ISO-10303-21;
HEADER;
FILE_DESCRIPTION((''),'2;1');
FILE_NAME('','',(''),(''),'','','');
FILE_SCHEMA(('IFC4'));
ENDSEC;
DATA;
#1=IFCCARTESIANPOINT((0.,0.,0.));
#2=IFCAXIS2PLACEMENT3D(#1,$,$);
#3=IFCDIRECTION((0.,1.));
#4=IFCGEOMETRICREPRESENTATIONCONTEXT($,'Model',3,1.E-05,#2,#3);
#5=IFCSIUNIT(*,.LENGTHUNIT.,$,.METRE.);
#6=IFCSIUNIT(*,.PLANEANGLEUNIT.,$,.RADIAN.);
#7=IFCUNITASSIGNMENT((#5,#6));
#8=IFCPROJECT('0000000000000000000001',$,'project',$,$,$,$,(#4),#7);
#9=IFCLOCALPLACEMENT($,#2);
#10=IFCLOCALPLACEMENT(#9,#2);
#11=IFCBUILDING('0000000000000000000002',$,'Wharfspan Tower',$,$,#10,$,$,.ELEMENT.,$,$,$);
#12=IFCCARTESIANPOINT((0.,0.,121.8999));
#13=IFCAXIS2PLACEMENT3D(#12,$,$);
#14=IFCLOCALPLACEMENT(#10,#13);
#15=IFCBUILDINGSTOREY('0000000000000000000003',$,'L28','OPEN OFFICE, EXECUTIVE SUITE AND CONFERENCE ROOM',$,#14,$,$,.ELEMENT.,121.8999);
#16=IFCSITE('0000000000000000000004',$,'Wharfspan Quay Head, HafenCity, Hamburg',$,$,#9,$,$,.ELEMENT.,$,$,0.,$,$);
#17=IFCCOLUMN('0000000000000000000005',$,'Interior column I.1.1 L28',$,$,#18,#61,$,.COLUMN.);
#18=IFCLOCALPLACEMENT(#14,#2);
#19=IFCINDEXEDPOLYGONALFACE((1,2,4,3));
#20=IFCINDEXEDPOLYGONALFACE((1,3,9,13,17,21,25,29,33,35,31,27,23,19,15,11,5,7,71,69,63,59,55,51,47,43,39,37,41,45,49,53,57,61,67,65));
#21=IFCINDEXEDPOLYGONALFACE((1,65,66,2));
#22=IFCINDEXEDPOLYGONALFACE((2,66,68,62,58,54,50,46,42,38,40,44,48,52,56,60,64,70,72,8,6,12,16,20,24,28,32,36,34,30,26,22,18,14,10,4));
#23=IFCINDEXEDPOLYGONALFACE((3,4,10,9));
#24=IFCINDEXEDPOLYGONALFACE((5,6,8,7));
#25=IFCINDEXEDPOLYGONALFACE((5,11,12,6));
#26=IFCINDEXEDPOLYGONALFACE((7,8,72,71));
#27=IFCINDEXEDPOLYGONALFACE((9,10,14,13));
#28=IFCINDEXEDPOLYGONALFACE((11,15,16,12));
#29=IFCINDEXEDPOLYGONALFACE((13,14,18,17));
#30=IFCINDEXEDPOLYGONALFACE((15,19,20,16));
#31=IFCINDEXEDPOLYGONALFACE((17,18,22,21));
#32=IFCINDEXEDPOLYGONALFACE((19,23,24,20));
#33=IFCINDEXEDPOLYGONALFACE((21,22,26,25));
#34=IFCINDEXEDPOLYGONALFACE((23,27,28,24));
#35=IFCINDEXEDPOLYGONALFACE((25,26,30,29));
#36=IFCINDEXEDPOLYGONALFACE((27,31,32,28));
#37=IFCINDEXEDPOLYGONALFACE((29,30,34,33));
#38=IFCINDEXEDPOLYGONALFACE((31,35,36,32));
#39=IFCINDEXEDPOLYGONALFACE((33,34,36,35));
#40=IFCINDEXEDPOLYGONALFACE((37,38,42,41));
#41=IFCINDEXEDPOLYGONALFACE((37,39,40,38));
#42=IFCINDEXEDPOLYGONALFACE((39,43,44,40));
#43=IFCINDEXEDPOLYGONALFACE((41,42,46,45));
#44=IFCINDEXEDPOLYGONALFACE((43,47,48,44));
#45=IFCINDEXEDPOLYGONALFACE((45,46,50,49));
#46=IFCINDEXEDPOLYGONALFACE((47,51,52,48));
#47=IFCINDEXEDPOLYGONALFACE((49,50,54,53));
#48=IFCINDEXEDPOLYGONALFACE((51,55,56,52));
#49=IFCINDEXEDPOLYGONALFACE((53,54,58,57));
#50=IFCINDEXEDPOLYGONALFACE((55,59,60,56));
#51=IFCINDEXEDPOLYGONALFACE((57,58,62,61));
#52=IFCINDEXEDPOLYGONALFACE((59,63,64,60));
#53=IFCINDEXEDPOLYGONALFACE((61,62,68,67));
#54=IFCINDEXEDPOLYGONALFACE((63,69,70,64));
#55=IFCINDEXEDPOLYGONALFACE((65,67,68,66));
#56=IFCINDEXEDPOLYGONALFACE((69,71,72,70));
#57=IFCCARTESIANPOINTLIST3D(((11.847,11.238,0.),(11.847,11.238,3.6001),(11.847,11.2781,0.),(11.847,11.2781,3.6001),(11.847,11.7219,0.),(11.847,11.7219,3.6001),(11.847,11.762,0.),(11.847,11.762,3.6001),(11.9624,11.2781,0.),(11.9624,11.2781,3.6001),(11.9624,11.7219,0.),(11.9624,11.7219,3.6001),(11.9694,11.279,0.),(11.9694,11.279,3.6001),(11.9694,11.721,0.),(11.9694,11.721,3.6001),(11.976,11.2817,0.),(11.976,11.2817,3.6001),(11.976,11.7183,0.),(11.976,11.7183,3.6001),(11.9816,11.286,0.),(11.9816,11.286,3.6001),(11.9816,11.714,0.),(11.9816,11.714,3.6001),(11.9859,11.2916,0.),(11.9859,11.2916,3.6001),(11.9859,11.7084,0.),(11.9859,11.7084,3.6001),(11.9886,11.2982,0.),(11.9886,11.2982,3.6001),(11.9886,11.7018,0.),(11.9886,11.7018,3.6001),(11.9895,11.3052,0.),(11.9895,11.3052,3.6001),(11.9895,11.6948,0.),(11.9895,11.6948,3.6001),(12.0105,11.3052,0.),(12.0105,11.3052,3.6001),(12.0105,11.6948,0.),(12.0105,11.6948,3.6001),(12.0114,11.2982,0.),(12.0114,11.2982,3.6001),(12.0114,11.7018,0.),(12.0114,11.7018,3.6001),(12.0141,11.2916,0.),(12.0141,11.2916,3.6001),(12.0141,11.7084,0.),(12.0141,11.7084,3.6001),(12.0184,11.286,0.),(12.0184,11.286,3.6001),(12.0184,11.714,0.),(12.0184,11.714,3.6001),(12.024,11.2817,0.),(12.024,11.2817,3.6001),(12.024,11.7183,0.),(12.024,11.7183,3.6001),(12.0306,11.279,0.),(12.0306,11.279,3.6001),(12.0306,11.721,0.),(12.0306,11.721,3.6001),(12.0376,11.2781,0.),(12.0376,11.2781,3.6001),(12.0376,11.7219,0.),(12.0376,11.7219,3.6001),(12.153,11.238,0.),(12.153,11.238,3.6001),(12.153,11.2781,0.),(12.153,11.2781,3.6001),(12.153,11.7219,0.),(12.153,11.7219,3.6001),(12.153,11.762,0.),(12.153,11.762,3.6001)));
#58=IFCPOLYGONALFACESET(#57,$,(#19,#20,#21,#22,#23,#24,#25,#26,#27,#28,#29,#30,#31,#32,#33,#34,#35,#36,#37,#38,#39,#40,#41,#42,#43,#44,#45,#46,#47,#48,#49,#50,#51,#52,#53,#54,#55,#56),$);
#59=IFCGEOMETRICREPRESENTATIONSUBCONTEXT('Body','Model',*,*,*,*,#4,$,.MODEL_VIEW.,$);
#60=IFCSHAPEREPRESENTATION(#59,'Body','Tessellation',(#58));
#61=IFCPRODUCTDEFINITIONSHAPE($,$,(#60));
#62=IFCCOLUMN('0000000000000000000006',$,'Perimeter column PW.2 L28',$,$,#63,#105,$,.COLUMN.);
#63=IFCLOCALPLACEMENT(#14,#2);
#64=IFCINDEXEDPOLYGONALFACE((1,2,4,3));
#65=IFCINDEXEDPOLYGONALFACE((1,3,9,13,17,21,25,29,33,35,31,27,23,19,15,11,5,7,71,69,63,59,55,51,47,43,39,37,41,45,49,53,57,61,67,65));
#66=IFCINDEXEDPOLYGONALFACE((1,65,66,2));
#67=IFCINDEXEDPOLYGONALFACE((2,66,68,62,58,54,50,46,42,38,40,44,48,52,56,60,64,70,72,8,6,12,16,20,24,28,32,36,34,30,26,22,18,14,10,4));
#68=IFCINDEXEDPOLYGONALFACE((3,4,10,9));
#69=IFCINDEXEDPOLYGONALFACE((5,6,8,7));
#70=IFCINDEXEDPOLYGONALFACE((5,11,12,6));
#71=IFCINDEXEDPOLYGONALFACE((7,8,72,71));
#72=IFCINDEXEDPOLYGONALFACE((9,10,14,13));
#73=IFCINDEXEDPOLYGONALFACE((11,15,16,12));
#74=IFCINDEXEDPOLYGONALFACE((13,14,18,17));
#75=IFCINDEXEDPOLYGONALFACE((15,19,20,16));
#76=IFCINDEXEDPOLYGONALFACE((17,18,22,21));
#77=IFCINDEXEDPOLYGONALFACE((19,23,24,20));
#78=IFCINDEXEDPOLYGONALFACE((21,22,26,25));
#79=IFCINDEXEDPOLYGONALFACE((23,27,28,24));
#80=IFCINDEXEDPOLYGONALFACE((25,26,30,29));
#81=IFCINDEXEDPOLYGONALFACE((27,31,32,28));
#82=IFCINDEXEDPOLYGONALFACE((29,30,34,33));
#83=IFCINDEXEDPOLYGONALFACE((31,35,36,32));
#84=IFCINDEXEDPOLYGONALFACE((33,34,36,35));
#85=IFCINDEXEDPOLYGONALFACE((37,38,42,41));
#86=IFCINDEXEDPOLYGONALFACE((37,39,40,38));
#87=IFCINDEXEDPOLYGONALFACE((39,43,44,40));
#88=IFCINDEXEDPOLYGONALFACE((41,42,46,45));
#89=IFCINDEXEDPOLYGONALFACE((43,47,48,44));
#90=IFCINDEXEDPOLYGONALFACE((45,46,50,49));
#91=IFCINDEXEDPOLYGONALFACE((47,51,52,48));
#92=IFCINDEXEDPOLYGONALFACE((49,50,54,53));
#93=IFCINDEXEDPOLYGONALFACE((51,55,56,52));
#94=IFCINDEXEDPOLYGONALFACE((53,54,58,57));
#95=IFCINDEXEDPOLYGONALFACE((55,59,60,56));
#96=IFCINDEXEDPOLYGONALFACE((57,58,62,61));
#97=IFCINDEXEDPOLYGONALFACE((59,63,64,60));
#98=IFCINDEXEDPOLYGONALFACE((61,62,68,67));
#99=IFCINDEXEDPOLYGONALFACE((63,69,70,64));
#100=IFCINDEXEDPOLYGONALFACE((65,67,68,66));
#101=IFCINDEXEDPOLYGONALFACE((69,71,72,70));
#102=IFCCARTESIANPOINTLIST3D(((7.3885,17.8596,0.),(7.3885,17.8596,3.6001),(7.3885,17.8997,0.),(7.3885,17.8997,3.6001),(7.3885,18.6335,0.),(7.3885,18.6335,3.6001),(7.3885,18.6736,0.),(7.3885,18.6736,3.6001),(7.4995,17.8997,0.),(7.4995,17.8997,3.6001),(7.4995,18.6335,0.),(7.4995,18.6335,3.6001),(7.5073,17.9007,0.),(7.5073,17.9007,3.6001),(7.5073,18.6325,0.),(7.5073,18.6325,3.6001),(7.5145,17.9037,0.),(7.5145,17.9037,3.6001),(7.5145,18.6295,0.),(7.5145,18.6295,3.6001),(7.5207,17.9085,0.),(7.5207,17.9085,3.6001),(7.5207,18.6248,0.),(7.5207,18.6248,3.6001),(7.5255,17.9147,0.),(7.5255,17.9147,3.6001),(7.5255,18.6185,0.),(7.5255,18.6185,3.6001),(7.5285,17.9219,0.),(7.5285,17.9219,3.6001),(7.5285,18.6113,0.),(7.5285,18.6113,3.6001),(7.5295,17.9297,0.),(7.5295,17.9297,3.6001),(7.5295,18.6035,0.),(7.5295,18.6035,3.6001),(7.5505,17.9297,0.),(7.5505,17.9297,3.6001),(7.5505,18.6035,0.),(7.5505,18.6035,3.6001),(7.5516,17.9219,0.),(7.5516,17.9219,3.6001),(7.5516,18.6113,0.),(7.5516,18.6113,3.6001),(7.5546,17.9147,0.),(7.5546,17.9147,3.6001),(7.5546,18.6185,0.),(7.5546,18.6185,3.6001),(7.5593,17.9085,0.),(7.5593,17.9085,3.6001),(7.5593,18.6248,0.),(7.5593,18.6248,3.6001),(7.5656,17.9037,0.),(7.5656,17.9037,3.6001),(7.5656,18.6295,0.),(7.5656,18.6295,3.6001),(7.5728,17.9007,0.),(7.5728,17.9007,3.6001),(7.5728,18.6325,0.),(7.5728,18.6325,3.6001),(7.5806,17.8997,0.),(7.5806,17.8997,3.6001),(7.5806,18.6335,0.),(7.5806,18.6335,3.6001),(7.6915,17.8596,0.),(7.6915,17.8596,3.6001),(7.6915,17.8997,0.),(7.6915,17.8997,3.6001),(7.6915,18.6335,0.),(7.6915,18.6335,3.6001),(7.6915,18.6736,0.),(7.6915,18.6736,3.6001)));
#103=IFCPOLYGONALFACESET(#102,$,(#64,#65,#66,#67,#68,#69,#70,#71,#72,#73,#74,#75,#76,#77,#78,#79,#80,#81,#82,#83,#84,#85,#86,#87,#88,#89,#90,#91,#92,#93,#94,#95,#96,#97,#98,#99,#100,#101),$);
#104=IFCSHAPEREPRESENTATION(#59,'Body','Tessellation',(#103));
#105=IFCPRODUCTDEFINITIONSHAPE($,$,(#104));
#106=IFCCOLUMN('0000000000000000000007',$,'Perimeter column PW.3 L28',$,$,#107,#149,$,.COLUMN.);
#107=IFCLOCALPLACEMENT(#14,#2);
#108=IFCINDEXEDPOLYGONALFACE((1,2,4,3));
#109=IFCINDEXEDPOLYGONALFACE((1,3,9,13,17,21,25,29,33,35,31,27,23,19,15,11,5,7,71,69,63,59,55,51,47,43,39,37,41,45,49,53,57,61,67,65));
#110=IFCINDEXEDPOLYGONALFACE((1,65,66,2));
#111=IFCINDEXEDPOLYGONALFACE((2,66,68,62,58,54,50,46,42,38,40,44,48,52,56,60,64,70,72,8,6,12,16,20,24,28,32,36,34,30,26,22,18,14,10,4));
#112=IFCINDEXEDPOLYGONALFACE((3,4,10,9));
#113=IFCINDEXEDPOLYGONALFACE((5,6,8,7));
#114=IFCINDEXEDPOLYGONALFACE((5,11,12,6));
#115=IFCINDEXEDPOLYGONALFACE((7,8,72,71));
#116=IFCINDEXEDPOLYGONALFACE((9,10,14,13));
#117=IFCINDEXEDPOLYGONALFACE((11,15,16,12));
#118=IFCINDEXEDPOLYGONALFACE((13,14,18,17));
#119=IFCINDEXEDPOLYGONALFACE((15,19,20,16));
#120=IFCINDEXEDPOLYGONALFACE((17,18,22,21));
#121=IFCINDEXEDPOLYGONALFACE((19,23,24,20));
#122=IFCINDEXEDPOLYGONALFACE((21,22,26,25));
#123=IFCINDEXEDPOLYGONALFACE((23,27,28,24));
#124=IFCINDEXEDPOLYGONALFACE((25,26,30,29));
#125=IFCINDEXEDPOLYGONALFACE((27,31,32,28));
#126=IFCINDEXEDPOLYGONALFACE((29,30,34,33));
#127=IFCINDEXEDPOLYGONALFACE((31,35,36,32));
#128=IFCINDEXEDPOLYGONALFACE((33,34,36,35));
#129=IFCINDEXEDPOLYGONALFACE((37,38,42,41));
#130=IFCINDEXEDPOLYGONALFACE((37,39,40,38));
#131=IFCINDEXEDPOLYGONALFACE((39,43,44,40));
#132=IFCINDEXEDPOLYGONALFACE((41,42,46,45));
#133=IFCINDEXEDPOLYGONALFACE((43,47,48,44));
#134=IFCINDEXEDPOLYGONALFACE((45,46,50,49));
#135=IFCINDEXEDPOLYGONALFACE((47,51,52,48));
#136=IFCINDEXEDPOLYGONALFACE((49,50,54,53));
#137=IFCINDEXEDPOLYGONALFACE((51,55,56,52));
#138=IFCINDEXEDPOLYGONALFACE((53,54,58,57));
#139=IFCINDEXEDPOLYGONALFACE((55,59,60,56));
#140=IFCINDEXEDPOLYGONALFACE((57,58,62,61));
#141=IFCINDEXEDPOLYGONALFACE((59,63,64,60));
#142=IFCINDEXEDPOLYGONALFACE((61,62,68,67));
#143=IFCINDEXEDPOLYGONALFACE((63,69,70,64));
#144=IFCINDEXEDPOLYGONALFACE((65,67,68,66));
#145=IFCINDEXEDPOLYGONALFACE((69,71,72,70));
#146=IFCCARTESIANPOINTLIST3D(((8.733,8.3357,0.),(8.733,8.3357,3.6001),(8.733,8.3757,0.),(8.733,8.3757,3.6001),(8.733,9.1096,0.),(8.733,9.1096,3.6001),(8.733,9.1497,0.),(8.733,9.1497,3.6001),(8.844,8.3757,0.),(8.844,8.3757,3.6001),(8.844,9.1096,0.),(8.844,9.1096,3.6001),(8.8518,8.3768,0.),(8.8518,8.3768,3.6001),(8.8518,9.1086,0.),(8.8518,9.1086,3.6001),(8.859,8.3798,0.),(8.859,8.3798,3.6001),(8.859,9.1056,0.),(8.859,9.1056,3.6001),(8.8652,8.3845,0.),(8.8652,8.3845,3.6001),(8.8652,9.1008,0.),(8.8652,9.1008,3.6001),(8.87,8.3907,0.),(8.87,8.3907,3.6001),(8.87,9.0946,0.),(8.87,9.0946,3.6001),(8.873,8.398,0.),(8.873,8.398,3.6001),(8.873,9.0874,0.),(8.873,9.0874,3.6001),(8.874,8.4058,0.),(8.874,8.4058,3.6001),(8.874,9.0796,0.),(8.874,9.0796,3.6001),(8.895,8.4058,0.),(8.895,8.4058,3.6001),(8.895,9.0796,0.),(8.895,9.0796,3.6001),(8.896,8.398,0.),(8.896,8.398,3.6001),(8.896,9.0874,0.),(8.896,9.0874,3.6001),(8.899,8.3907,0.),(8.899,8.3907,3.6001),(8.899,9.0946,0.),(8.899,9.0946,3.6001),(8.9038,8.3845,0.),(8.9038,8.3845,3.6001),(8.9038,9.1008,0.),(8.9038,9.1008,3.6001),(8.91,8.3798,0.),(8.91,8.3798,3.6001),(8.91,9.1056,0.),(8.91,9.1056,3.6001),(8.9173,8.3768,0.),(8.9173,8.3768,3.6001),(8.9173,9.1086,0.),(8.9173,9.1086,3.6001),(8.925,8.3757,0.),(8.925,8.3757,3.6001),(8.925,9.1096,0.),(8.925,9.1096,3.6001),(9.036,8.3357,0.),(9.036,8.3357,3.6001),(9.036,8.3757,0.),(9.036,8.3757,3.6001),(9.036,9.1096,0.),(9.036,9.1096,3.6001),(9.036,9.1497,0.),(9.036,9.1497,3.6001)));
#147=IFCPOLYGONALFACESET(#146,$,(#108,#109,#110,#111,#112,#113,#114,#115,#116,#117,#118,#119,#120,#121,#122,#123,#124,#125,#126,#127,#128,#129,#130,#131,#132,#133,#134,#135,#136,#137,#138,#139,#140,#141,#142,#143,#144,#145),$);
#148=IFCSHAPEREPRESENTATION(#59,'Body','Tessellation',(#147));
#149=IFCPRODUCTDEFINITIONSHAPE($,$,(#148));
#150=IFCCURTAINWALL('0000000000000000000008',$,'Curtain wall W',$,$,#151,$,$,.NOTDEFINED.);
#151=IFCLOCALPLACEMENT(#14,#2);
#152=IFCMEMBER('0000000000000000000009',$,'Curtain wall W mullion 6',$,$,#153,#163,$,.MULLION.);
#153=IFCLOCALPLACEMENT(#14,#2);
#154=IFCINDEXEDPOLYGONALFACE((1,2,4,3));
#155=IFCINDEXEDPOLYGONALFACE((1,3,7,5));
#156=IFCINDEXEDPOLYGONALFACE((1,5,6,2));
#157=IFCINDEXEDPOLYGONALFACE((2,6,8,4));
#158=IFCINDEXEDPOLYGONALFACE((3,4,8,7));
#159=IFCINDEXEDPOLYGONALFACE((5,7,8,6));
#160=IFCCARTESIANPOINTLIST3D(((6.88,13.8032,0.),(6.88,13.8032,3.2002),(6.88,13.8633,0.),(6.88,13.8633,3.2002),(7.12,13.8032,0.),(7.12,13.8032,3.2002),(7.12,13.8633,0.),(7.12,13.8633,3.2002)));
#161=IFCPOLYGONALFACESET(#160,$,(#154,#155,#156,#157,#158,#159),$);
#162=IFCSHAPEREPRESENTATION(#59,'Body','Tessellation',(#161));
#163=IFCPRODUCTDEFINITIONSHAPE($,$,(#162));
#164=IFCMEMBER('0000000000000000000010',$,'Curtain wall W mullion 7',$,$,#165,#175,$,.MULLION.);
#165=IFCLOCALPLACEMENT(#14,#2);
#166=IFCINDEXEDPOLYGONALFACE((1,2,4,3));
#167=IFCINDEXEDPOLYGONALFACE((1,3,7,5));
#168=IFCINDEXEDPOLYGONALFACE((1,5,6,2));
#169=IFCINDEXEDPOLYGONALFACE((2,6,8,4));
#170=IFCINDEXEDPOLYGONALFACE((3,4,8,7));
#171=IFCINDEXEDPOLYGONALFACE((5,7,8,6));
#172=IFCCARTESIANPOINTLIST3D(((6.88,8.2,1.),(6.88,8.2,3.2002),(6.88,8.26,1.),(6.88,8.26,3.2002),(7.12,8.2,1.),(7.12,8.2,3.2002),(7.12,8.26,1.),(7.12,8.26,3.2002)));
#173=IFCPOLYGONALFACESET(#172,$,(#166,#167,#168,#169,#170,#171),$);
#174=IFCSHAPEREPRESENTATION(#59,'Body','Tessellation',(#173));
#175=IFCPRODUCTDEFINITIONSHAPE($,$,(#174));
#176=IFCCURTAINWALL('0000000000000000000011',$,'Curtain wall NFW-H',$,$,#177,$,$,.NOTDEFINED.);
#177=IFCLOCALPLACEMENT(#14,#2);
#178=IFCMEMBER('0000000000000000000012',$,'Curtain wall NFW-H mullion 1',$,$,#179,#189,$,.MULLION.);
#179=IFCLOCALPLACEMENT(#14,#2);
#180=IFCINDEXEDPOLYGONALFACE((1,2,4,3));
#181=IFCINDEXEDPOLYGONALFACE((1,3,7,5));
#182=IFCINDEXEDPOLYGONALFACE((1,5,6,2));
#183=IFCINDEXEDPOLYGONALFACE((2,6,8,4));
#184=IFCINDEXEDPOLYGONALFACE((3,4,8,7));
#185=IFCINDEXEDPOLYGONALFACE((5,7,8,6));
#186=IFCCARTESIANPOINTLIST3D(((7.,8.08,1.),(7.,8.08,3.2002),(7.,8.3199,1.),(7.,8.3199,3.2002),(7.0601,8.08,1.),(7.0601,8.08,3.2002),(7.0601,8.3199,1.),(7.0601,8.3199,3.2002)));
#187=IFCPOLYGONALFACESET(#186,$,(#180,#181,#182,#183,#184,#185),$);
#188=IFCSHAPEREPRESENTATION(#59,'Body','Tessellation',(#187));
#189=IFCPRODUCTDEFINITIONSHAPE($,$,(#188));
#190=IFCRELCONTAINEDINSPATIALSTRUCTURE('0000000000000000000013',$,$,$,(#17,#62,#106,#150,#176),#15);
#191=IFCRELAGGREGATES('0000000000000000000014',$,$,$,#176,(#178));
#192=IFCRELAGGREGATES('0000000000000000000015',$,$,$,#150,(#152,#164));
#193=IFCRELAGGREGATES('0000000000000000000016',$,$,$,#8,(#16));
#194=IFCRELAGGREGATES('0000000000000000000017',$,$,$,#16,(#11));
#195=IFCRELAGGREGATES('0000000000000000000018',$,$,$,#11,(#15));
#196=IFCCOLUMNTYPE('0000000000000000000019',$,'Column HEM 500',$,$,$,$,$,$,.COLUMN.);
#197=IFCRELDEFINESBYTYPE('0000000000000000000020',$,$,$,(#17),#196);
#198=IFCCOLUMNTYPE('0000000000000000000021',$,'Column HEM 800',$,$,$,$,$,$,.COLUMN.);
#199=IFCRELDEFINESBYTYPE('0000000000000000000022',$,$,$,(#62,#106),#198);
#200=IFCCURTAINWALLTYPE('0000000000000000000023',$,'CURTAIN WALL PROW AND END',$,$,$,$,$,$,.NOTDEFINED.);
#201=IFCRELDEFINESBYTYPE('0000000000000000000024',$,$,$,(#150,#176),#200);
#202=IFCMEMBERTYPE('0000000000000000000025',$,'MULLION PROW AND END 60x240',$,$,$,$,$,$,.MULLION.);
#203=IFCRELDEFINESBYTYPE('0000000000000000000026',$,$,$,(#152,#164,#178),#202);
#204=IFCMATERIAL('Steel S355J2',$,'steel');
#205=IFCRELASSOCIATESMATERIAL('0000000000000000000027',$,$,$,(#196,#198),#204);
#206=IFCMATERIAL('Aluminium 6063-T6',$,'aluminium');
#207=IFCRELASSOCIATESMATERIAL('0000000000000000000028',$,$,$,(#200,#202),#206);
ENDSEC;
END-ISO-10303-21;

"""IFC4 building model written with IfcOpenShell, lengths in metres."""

from ifc_helpers import new_model, si_unit, direction, frame, origin, origin_2d, place, context, subcontext, project, spatial, rectangle, i_section, extrude, material, material_profile, profile_set, type_object, element, aggregate, save


model = new_model("IFC4")

# Units and contexts
model_context = context("Model", 3, precision=1e-05, world=origin(), true_north=direction((0.0, 1.0)))
body_context = subcontext(model_context, "Body", "Model", "MODEL_VIEW")
ifc_project = project(units=[si_unit("LENGTHUNIT", "METRE"), si_unit("PLANEANGLEUNIT", "RADIAN")], contexts=[model_context])

# Site, building, storey
site_placement = place(None, origin())
site = spatial("IfcSite", under=ifc_project, at=site_placement, Name="Wharfspan Quay Head, HafenCity, Hamburg", CompositionType="ELEMENT", RefElevation=0.0)
building_placement = place(site_placement, origin())
building = spatial("IfcBuilding", under=site, at=building_placement, Name="Wharfspan Tower", CompositionType="ELEMENT")
storey_placement = place(building_placement, frame((0.0, 0.0, 121.8999)))
storey = spatial("IfcBuildingStorey", under=building, at=storey_placement, Name="L28", Description="OPEN OFFICE, EXECUTIVE SUITE AND CONFERENCE ROOM", CompositionType="ELEMENT", Elevation=121.8999)

# Columns
ifc_material_1 = material(Name="Steel S355J2", Category="steel")
ifc_material_profile_1 = material_profile(ifc_material_1, i_section(OverallWidth=0.3059, OverallDepth=0.5239, WebThickness=0.021, FlangeThickness=0.04, FilletRadius=0.0271, at=origin_2d()))
ifc_profile_set_1 = profile_set([ifc_material_profile_1], Name="Steel S355J2")
column_type_1 = type_object("IfcColumnType", Name="Column HEM 500", PredefinedType="COLUMN", material=ifc_profile_set_1)
column_placement = place(storey_placement, frame((12.0, 11.5, 0.0), z_axis=(0.0, 0.0, 1.0), x_axis=(1.0, 0.0, 0.0)))
element("IfcColumn", 1, at=column_placement, inside=storey, type_object=column_type_1, Name="Interior column I.1.1 L28", PredefinedType="COLUMN", context=body_context, shape_type="SweptSolid", body=[
    extrude(i_section(OverallWidth=0.3059, OverallDepth=0.5239, WebThickness=0.021, FlangeThickness=0.04, FilletRadius=0.0271, at=origin_2d()), origin(), (0.0, 0.0, 1.0), 3.6001),
])
ifc_material_profile_2 = material_profile(ifc_material_1, i_section(OverallWidth=0.303, OverallDepth=0.814, WebThickness=0.021, FlangeThickness=0.04, FilletRadius=0.03, at=origin_2d()))
ifc_profile_set_2 = profile_set([ifc_material_profile_2], Name="Steel S355J2")
column_type_2 = type_object("IfcColumnType", Name="Column HEM 800", PredefinedType="COLUMN", material=ifc_profile_set_2)
for number, where, z_axis, x_axis, name in (
    (2, (7.54, 18.2666, 0.0), (0.0, 0.0, 1.0), (-1.0, 0.0, 0.0), "Perimeter column PW.2 L28"),
    (3, (8.8845, 8.7427, 0.0), (0.0, 0.0, 1.0), (-1.0, 0.0, 0.0), "Perimeter column PW.3 L28"),
):
    element("IfcColumn", number, at=place(storey_placement, frame(where, z_axis=z_axis, x_axis=x_axis)), inside=storey, type_object=column_type_2, Name=name, PredefinedType="COLUMN", context=body_context, shape_type="SweptSolid", body=[
        extrude(i_section(OverallWidth=0.303, OverallDepth=0.814, WebThickness=0.021, FlangeThickness=0.04, FilletRadius=0.03, at=origin_2d()), origin(), (0.0, 0.0, 1.0), 3.6001),
    ])

# Curtain wall, members
ifc_material_2 = material(Name="Aluminium 6063-T6", Category="aluminium")
curtain_wall_type = type_object("IfcCurtainWallType", Name="CURTAIN WALL PROW AND END", PredefinedType="NOTDEFINED", material=ifc_material_2)
curtain_wall_1_placement = place(storey_placement, origin())
curtain_wall_1 = element("IfcCurtainWall", 4, at=curtain_wall_1_placement, inside=storey, type_object=curtain_wall_type, Name="Curtain wall W", PredefinedType="NOTDEFINED")
ifc_material_profile_3 = material_profile(ifc_material_2, rectangle(XDim=0.24, YDim=0.0601, at=origin_2d()))
ifc_profile_set_3 = profile_set([ifc_material_profile_3], Name="Aluminium 6063-T6")
member_type_1 = type_object("IfcMemberType", Name="MULLION PROW AND END 60x240", PredefinedType="MULLION", material=ifc_profile_set_3)
member_1_placement = place(storey_placement, frame((7.0, 13.8333, 0.0), z_axis=(0.0, 0.0, 1.0), x_axis=(1.0, 0.0, 0.0)))
member_1 = element("IfcMember", 5, at=member_1_placement, type_object=member_type_1, Name="Curtain wall W mullion 6", PredefinedType="MULLION", context=body_context, shape_type="SweptSolid", body=[
    extrude(rectangle(XDim=0.24, YDim=0.0601, at=origin_2d()), origin(), (0.0, 0.0, 1.0), 3.2002),
])
member_2_placement = place(storey_placement, frame((7.0, 8.23, 1.0), z_axis=(0.0, 0.0, 1.0), x_axis=(1.0, 0.0, 0.0)))
member_2 = element("IfcMember", 6, at=member_2_placement, type_object=member_type_1, Name="Curtain wall W mullion 7", PredefinedType="MULLION", context=body_context, shape_type="SweptSolid", body=[
    extrude(rectangle(XDim=0.24, YDim=0.0601, at=origin_2d()), origin(), (0.0, 0.0, 1.0), 2.2002),
])

# Curtain wall, member
curtain_wall_2_placement = place(storey_placement, origin())
curtain_wall_2 = element("IfcCurtainWall", 7, at=curtain_wall_2_placement, inside=storey, type_object=curtain_wall_type, Name="Curtain wall NFW-H", PredefinedType="NOTDEFINED")
member_3_placement = place(storey_placement, frame((7.03, 8.2, 1.0), z_axis=(0.0, 0.0, 1.0), x_axis=(0.0, 1.0, 0.0)))
member_3 = element("IfcMember", 8, at=member_3_placement, type_object=member_type_1, Name="Curtain wall NFW-H mullion 1", PredefinedType="MULLION", context=body_context, shape_type="SweptSolid", body=[
    extrude(rectangle(XDim=0.24, YDim=0.0601, at=origin_2d()), origin(), (0.0, 0.0, 1.0), 2.2002),
])

aggregate(curtain_wall_2, [member_3])
aggregate(curtain_wall_1, [member_1, member_2])

save(model, "model.ifc")
